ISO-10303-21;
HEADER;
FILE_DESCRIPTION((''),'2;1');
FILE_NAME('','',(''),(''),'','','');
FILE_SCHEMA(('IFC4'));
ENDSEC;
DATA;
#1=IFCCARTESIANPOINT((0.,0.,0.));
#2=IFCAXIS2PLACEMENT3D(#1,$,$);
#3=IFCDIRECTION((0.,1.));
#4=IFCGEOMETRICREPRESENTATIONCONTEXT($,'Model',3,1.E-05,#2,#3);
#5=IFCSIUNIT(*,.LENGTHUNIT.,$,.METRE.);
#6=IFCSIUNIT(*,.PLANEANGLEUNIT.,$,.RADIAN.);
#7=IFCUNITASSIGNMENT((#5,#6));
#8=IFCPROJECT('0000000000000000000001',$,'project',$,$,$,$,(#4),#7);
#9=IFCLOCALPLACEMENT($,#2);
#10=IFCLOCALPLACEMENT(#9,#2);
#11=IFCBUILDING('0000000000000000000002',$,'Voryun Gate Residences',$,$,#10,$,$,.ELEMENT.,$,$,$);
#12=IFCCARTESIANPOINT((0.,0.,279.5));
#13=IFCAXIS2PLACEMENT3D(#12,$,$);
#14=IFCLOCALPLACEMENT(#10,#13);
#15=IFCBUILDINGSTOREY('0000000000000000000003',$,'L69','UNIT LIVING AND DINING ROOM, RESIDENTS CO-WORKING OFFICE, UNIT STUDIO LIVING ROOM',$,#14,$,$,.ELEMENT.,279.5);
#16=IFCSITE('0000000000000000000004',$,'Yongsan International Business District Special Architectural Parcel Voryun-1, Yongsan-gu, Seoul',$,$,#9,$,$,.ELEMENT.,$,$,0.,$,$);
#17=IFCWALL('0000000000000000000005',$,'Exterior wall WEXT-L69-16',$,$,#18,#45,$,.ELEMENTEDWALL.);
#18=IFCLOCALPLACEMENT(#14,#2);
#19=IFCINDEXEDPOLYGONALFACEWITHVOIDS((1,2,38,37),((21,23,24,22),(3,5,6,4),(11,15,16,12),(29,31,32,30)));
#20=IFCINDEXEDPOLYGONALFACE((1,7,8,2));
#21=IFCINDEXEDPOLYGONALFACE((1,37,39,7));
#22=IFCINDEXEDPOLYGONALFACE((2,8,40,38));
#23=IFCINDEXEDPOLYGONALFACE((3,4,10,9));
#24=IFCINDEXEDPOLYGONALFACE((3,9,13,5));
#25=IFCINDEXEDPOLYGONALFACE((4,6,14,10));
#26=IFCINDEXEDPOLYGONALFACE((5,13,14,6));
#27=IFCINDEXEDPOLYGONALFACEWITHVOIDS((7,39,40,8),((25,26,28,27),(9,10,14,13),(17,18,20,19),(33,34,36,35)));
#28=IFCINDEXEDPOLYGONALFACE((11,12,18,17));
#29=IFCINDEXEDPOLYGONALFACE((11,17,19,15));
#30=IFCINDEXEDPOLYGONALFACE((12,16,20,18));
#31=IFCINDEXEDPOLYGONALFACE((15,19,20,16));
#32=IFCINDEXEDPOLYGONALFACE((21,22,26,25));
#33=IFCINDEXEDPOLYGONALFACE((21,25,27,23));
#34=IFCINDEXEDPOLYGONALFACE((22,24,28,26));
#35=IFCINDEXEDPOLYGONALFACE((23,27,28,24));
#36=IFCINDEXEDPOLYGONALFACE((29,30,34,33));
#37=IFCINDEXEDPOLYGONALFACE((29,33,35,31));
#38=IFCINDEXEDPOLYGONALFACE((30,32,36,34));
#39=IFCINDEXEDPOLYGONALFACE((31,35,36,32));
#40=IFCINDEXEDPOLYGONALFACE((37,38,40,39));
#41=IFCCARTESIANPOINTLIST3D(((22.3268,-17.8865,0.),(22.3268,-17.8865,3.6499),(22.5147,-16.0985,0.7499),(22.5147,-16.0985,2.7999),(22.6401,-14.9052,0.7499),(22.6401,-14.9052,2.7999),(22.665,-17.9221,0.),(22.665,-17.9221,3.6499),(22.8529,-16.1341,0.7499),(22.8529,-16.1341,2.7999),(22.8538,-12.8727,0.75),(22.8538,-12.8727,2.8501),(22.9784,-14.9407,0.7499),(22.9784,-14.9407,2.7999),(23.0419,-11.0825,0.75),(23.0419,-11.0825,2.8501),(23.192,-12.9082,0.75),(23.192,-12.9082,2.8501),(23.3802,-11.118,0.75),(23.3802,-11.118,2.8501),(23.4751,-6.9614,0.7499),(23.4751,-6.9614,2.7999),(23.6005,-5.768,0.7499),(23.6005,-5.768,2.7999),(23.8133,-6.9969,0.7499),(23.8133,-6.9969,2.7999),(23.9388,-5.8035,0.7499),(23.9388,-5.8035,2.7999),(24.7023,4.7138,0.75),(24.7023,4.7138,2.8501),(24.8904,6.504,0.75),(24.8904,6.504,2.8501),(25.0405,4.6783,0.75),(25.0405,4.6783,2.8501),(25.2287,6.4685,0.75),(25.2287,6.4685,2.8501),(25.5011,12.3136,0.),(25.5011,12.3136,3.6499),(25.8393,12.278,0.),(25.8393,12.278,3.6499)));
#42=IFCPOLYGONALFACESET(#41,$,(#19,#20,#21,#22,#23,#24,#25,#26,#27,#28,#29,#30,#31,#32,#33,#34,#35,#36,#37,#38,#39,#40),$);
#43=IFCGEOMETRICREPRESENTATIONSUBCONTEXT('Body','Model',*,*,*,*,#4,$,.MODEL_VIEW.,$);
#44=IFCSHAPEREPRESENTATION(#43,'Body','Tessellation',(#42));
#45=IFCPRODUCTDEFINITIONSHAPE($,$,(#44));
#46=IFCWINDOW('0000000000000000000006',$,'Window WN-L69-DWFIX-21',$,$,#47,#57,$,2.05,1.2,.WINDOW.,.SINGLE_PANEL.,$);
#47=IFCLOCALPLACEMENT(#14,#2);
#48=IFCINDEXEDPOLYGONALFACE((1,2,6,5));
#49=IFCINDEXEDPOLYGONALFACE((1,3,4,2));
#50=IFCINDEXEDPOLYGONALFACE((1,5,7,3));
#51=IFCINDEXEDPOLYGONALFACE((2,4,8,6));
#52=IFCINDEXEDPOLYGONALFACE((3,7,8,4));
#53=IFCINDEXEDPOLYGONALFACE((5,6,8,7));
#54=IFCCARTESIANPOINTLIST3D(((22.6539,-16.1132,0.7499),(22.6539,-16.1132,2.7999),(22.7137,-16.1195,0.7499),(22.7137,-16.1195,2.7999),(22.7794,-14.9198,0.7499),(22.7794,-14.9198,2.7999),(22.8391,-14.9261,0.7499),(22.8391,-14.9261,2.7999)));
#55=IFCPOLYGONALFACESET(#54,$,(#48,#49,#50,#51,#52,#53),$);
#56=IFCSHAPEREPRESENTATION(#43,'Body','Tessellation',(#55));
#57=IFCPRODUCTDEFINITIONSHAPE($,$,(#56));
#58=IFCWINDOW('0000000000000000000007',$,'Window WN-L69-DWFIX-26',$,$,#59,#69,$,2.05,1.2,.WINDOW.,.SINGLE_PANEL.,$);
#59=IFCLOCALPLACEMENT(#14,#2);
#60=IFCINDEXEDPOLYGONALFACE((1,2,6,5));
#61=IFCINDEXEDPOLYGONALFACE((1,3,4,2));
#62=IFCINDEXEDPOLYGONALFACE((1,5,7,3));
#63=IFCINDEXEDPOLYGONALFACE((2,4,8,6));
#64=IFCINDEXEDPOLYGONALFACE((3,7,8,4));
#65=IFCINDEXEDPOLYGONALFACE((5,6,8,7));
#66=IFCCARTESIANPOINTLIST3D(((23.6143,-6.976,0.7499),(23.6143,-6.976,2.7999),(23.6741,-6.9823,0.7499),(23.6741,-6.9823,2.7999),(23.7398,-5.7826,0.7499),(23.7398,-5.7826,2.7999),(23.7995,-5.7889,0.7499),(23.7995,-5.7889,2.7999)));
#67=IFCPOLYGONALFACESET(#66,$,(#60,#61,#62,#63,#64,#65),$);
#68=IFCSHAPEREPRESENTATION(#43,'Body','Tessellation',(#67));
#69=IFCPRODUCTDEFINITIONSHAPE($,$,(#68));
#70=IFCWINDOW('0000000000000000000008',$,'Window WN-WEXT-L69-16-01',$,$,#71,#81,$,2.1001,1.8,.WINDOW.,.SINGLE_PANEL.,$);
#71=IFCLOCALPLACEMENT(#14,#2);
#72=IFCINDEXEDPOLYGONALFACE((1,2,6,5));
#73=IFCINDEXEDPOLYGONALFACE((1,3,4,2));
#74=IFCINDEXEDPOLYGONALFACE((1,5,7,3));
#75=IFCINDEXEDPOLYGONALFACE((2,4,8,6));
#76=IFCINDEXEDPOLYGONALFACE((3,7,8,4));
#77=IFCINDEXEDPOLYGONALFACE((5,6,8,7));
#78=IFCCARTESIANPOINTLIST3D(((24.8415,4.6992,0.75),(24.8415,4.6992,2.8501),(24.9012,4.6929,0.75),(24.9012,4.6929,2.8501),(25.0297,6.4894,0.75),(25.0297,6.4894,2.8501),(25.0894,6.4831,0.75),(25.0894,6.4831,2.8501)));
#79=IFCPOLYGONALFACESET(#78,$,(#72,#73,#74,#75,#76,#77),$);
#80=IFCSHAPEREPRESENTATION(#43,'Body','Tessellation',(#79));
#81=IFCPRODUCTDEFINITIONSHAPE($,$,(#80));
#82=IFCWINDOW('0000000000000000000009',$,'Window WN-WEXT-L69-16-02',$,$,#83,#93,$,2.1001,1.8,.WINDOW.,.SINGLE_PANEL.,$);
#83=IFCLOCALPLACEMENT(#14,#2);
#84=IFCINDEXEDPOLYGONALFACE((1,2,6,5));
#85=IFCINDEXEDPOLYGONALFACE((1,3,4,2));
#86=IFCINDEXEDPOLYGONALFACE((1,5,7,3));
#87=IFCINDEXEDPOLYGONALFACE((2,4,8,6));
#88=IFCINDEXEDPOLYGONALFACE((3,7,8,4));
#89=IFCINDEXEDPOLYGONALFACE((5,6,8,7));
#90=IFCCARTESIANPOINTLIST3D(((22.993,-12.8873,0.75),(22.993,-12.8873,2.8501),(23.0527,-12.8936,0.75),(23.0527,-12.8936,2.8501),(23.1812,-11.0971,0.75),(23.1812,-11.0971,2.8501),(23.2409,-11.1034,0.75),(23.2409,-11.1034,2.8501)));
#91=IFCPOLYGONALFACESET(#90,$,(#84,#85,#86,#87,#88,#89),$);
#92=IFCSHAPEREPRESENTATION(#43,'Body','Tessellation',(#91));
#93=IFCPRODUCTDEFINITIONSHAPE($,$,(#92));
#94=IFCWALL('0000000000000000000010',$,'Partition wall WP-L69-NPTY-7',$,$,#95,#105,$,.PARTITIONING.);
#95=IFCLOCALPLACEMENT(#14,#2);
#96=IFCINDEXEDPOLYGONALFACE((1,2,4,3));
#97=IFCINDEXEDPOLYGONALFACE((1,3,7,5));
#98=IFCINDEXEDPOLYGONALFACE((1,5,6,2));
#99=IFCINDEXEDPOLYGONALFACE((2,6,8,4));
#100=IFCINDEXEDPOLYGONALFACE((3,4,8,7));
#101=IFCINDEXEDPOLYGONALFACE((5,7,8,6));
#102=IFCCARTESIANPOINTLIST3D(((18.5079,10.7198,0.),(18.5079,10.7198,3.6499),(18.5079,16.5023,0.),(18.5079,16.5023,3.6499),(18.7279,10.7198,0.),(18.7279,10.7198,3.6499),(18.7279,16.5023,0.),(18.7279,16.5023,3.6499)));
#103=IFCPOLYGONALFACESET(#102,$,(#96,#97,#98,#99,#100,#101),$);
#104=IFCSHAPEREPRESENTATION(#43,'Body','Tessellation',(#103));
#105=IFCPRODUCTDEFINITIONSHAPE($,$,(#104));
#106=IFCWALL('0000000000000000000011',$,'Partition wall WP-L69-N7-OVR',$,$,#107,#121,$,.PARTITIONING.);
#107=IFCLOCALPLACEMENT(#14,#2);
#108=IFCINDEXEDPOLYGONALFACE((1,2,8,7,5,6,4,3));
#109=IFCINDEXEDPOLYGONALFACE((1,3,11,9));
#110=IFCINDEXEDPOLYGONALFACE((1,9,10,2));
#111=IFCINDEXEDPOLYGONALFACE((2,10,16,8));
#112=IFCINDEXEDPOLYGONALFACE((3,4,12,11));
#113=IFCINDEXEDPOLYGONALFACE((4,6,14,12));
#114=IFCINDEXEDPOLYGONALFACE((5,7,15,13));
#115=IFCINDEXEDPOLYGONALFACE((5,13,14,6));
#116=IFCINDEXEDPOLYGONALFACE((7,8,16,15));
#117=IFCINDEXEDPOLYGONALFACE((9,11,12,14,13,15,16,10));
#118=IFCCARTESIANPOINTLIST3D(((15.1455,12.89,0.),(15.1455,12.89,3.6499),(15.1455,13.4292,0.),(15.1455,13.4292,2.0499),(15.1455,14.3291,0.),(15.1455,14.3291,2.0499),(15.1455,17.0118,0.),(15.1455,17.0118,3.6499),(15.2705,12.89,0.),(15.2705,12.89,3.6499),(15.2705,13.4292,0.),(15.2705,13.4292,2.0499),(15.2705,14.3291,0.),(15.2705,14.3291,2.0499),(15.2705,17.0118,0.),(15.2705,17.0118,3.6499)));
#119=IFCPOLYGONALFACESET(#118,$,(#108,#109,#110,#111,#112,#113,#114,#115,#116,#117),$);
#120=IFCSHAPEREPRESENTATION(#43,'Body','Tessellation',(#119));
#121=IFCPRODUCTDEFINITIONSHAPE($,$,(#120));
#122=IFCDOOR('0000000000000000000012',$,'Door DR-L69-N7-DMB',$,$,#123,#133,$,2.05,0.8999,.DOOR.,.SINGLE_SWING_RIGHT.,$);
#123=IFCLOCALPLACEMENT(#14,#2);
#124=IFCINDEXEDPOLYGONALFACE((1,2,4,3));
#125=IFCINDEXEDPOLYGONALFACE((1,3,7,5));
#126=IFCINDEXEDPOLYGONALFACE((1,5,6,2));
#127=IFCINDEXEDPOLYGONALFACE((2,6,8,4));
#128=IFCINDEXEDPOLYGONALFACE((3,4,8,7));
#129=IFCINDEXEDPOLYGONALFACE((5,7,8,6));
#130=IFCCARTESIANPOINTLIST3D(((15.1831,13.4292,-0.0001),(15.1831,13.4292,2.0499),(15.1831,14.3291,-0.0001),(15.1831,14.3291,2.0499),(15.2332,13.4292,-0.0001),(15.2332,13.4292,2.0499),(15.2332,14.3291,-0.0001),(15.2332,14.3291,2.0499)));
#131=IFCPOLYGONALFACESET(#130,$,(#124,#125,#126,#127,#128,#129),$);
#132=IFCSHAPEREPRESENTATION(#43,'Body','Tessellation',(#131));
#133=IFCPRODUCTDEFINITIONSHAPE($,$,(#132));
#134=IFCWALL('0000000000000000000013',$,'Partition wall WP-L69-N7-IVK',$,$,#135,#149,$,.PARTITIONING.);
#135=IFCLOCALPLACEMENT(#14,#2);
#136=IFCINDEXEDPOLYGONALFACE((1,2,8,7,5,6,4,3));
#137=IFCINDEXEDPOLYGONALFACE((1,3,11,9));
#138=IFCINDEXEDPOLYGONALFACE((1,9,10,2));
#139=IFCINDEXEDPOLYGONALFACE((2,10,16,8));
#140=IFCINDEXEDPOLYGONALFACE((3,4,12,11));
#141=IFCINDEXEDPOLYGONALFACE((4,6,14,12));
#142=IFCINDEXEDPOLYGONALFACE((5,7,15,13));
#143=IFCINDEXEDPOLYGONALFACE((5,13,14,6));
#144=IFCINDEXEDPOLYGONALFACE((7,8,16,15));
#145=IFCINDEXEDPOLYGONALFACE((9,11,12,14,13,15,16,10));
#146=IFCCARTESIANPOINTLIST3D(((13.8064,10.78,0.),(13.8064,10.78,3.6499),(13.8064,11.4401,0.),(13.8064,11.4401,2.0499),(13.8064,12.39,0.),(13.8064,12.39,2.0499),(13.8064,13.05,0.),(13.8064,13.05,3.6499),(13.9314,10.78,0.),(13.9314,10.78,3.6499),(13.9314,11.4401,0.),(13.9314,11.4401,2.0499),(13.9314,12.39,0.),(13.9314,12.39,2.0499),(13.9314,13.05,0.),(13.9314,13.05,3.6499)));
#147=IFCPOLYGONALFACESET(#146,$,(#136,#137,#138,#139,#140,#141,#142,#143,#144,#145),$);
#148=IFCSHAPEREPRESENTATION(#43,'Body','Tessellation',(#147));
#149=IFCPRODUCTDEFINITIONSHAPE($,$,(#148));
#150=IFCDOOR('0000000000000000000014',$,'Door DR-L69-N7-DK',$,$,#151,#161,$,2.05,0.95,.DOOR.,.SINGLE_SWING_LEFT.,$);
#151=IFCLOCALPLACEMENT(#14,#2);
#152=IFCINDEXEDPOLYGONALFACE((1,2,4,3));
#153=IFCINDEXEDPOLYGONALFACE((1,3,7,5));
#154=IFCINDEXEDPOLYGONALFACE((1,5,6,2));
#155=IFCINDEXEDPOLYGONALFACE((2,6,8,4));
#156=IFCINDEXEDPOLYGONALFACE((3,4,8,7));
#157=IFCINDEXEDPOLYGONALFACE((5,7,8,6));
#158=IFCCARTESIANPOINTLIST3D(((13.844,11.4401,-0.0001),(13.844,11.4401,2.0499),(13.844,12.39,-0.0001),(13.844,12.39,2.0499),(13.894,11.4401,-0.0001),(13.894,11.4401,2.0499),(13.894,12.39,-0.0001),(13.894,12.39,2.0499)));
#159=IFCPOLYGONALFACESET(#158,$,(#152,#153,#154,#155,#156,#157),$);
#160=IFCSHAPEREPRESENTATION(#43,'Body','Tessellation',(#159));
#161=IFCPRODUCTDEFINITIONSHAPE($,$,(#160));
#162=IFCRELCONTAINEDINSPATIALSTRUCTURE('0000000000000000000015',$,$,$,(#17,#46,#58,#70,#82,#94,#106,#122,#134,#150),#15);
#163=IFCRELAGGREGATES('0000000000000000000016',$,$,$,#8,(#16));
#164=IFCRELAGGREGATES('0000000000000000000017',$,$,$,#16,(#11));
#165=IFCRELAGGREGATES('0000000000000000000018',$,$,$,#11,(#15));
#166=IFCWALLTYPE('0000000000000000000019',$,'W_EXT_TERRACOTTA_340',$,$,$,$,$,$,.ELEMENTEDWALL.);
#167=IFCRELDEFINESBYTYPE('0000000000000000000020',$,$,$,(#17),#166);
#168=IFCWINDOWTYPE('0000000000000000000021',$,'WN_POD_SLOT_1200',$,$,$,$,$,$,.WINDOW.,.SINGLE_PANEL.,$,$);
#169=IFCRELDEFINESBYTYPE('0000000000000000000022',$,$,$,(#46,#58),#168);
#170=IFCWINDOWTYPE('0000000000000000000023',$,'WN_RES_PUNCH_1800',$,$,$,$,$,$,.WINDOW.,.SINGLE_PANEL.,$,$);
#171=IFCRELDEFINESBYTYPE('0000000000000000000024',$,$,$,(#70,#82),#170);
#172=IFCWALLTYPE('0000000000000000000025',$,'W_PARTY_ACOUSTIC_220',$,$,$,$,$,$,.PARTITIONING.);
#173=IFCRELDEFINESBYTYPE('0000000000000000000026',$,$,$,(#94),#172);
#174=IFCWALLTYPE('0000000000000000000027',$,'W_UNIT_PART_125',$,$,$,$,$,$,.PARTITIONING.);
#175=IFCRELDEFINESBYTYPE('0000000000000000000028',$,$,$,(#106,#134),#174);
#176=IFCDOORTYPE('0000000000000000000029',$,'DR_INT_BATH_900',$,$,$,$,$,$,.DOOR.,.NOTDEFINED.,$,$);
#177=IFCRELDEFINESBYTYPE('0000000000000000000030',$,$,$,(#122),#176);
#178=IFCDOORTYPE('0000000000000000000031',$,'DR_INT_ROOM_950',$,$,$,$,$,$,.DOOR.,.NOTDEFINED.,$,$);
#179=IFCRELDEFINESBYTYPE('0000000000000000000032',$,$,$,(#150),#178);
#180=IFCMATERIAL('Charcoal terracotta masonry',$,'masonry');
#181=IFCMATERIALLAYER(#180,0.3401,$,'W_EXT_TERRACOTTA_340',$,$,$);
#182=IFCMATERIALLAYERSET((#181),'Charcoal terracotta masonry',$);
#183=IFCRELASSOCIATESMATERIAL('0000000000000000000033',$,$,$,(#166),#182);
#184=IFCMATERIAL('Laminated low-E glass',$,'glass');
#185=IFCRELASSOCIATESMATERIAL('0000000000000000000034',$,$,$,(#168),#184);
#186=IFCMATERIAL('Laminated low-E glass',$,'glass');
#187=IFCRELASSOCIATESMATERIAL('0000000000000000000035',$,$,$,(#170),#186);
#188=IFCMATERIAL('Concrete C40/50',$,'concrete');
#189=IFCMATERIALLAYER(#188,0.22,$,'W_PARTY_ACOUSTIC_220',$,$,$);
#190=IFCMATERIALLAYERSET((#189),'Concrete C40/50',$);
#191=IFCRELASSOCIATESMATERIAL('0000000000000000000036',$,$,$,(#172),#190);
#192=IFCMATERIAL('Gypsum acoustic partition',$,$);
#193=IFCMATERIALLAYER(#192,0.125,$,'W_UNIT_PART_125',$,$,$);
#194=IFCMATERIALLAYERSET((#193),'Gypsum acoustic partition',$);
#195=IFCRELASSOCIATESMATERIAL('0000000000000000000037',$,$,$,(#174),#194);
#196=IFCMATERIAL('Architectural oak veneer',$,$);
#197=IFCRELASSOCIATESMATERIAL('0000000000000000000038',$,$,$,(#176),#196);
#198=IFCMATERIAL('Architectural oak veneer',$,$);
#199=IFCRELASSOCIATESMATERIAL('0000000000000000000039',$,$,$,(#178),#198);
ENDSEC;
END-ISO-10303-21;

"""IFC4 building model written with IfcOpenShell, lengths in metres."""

from ifc_helpers import new_model, si_unit, direction, frame, frame_2d, origin, place, context, subcontext, project, spatial, rectangle, extrude, material, layer, layer_set, type_object, element, fill, save


model = new_model("IFC4")

# Units and contexts
model_context = context("Model", 3, precision=1e-05, world=origin(), true_north=direction((0.0, 1.0)))
body_context = subcontext(model_context, "Body", "Model", "MODEL_VIEW")
ifc_project = project(units=[si_unit("LENGTHUNIT", "METRE"), si_unit("PLANEANGLEUNIT", "RADIAN")], contexts=[model_context])

# Site, building, storey
site_placement = place(None, origin())
site = spatial("IfcSite", under=ifc_project, at=site_placement, Name="Yongsan International Business District Special Architectural Parcel Voryun-1, Yongsan-gu, Seoul", CompositionType="ELEMENT", RefElevation=0.0)
building_placement = place(site_placement, origin())
building = spatial("IfcBuilding", under=site, at=building_placement, Name="Voryun Gate Residences", CompositionType="ELEMENT")
storey_placement = place(building_placement, frame((0.0, 0.0, 279.5)))
storey = spatial("IfcBuildingStorey", under=building, at=storey_placement, Name="L69", Description="UNIT LIVING AND DINING ROOM, RESIDENTS CO-WORKING OFFICE, UNIT STUDIO LIVING ROOM", CompositionType="ELEMENT", Elevation=279.5)

# Shared definitions
ifc_material_1 = material(Name="Charcoal terracotta masonry", Category="masonry")
ifc_layer_1 = layer(ifc_material_1, 0.3401, Name="W_EXT_TERRACOTTA_340")
ifc_layer_set_1 = layer_set([ifc_layer_1], Name="Charcoal terracotta masonry")
wall_type_1 = type_object("IfcWallType", Name="W_EXT_TERRACOTTA_340", PredefinedType="ELEMENTEDWALL", material=ifc_layer_set_1)

# Wall, openings, windows
wall_1_placement = place(storey_placement, frame((25.6702, 12.2957, 0.0), z_axis=(0.0, 0.0, 1.0), x_axis=(-0.104533, -0.994521, 0.0)))
wall_1 = element("IfcWall", 1, at=wall_1_placement, inside=storey, type_object=wall_type_1, Name="Exterior wall WEXT-L69-16", PredefinedType="ELEMENTEDWALL", context=body_context, shape_type="SweptSolid", body=[
    extrude(rectangle(XDim=30.3665, YDim=0.3401, at=frame_2d((15.1831, 0.0))), origin(), (0.0, 0.0, 1.0), 3.6499),
])
opening_1_placement = place(wall_1_placement, frame((5.8416, 0.0, 0.75)))
opening_1 = element("IfcOpeningElement", 2, at=opening_1_placement, cuts=wall_1, PredefinedType="OPENING", context=body_context, shape_type="SweptSolid", body=[
    extrude(rectangle(XDim=1.8, YDim=2.1001, at=frame_2d((0.8999, 1.05))), frame((0.0, 0.1799, 0.0), z_axis=(0.0, -1.0, 0.0), x_axis=(1.0, 0.0, 0.0)), (0.0, 0.0, 1.0), 0.3601),
])
opening_2_placement = place(wall_1_placement, frame((23.5249, 0.0, 0.75)))
opening_2 = element("IfcOpeningElement", 3, at=opening_2_placement, cuts=wall_1, PredefinedType="OPENING", context=body_context, shape_type="SweptSolid", body=[
    extrude(rectangle(XDim=1.8, YDim=2.1001, at=frame_2d((0.8999, 1.05))), frame((0.0, 0.1799, 0.0), z_axis=(0.0, -1.0, 0.0), x_axis=(1.0, 0.0, 0.0)), (0.0, 0.0, 1.0), 0.3601),
])
opening_3_placement = place(wall_1_placement, frame((27.3684, 0.0, 0.75)))
opening_3 = element("IfcOpeningElement", 4, at=opening_3_placement, cuts=wall_1, PredefinedType="OPENING", context=body_context, shape_type="SweptSolid", body=[
    extrude(rectangle(XDim=1.2, YDim=2.05, at=frame_2d((0.6001, 1.0249))), frame((0.0, 0.1799, 0.0), z_axis=(0.0, -1.0, 0.0), x_axis=(1.0, 0.0, 0.0)), (0.0, 0.0, 1.0), 0.3601),
])
opening_4_placement = place(wall_1_placement, frame((18.1809, 0.0, 0.75)))
opening_4 = element("IfcOpeningElement", 5, at=opening_4_placement, cuts=wall_1, PredefinedType="OPENING", context=body_context, shape_type="SweptSolid", body=[
    extrude(rectangle(XDim=1.2, YDim=2.05, at=frame_2d((0.6001, 1.0249))), frame((0.0, 0.1799, 0.0), z_axis=(0.0, -1.0, 0.0), x_axis=(1.0, 0.0, 0.0)), (0.0, 0.0, 1.0), 0.3601),
])
ifc_material_2 = material(Name="Laminated low-E glass", Category="glass")
window_type_1 = type_object("IfcWindowType", Name="WN_POD_SLOT_1200", PartitioningType="SINGLE_PANEL", PredefinedType="WINDOW", material=ifc_material_2)
window_1_placement = place(opening_3_placement, origin())
window_1 = element("IfcWindow", 6, at=window_1_placement, inside=storey, type_object=window_type_1, Name="Window WN-L69-DWFIX-21", OverallHeight=2.05, OverallWidth=1.2, PartitioningType="SINGLE_PANEL", PredefinedType="WINDOW", context=body_context, shape_type="SweptSolid", body=[
    extrude(rectangle(XDim=1.2, YDim=2.05, at=frame_2d((0.6001, 1.0249))), frame((0.0, 0.03, 0.0), z_axis=(0.0, -1.0, 0.0), x_axis=(1.0, 0.0, 0.0)), (0.0, 0.0, 1.0), 0.0601),
])
fill(opening_3, window_1)
window_2_placement = place(opening_4_placement, origin())
window_2 = element("IfcWindow", 7, at=window_2_placement, inside=storey, type_object=window_type_1, Name="Window WN-L69-DWFIX-26", OverallHeight=2.05, OverallWidth=1.2, PartitioningType="SINGLE_PANEL", PredefinedType="WINDOW", context=body_context, shape_type="SweptSolid", body=[
    extrude(rectangle(XDim=1.2, YDim=2.05, at=frame_2d((0.6001, 1.0249))), frame((0.0, 0.03, 0.0), z_axis=(0.0, -1.0, 0.0), x_axis=(1.0, 0.0, 0.0)), (0.0, 0.0, 1.0), 0.0601),
])
fill(opening_4, window_2)
ifc_material_3 = material(Name="Laminated low-E glass", Category="glass")
window_type_2 = type_object("IfcWindowType", Name="WN_RES_PUNCH_1800", PartitioningType="SINGLE_PANEL", PredefinedType="WINDOW", material=ifc_material_3)
window_3_placement = place(opening_1_placement, origin())
window_3 = element("IfcWindow", 8, at=window_3_placement, inside=storey, type_object=window_type_2, Name="Window WN-WEXT-L69-16-01", OverallHeight=2.1001, OverallWidth=1.8, PartitioningType="SINGLE_PANEL", PredefinedType="WINDOW", context=body_context, shape_type="SweptSolid", body=[
    extrude(rectangle(XDim=1.8, YDim=2.1001, at=frame_2d((0.8999, 1.05))), frame((0.0, 0.03, 0.0), z_axis=(0.0, -1.0, 0.0), x_axis=(1.0, 0.0, 0.0)), (0.0, 0.0, 1.0), 0.0601),
])
fill(opening_1, window_3)
window_4_placement = place(opening_2_placement, origin())
window_4 = element("IfcWindow", 9, at=window_4_placement, inside=storey, type_object=window_type_2, Name="Window WN-WEXT-L69-16-02", OverallHeight=2.1001, OverallWidth=1.8, PartitioningType="SINGLE_PANEL", PredefinedType="WINDOW", context=body_context, shape_type="SweptSolid", body=[
    extrude(rectangle(XDim=1.8, YDim=2.1001, at=frame_2d((0.8999, 1.05))), frame((0.0, 0.03, 0.0), z_axis=(0.0, -1.0, 0.0), x_axis=(1.0, 0.0, 0.0)), (0.0, 0.0, 1.0), 0.0601),
])
fill(opening_2, window_4)

# Wall
ifc_material_4 = material(Name="Concrete C40/50", Category="concrete")
ifc_layer_2 = layer(ifc_material_4, 0.22, Name="W_PARTY_ACOUSTIC_220")
ifc_layer_set_2 = layer_set([ifc_layer_2], Name="Concrete C40/50")
wall_type_2 = type_object("IfcWallType", Name="W_PARTY_ACOUSTIC_220", PredefinedType="PARTITIONING", material=ifc_layer_set_2)
wall_2_placement = place(storey_placement, frame((18.6179, 10.72, 0.0), z_axis=(0.0, 0.0, 1.0), x_axis=(0.0, 1.0, 0.0)))
element("IfcWall", 10, at=wall_2_placement, inside=storey, type_object=wall_type_2, Name="Partition wall WP-L69-NPTY-7", PredefinedType="PARTITIONING", context=body_context, shape_type="SweptSolid", body=[
    extrude(rectangle(XDim=5.7825, YDim=0.22, at=frame_2d((2.8911, 0.0))), origin(), (0.0, 0.0, 1.0), 3.6499),
])

# Walls, openings, doors
ifc_material_5 = material(Name="Gypsum acoustic partition")
ifc_layer_3 = layer(ifc_material_5, 0.125, Name="W_UNIT_PART_125")
ifc_layer_set_3 = layer_set([ifc_layer_3], Name="Gypsum acoustic partition")
wall_type_3 = type_object("IfcWallType", Name="W_UNIT_PART_125", PredefinedType="PARTITIONING", material=ifc_layer_set_3)
wall_3_placement = place(storey_placement, frame((15.208, 12.8899, 0.0), z_axis=(0.0, 0.0, 1.0), x_axis=(0.0, 1.0, 0.0)))
wall_3 = element("IfcWall", 11, at=wall_3_placement, inside=storey, type_object=wall_type_3, Name="Partition wall WP-L69-N7-OVR", PredefinedType="PARTITIONING", context=body_context, shape_type="SweptSolid", body=[
    extrude(rectangle(XDim=4.1218, YDim=0.125, at=frame_2d((2.061, 0.0))), origin(), (0.0, 0.0, 1.0), 3.6499),
])
opening_5_placement = place(wall_3_placement, frame((0.5393, 0.0, 0.0)))
opening_5 = element("IfcOpeningElement", 12, at=opening_5_placement, cuts=wall_3, PredefinedType="OPENING", context=body_context, shape_type="SweptSolid", body=[
    extrude(rectangle(XDim=0.8999, YDim=2.05, at=frame_2d((0.45, 1.0249))), frame((0.0, 0.0725, 0.0), z_axis=(0.0, -1.0, 0.0), x_axis=(1.0, 0.0, 0.0)), (0.0, 0.0, 1.0), 0.145),
])
ifc_material_6 = material(Name="Architectural oak veneer")
door_type_1 = type_object("IfcDoorType", Name="DR_INT_BATH_900", OperationType="NOTDEFINED", PredefinedType="DOOR", material=ifc_material_6)
door_1_placement = place(opening_5_placement, origin())
door_1 = element("IfcDoor", 13, at=door_1_placement, inside=storey, type_object=door_type_1, Name="Door DR-L69-N7-DMB", OperationType="SINGLE_SWING_RIGHT", OverallHeight=2.05, OverallWidth=0.8999, PredefinedType="DOOR", context=body_context, shape_type="SweptSolid", body=[
    extrude(rectangle(XDim=0.8999, YDim=2.05, at=frame_2d((0.45, 1.0249))), frame((0.0, 0.0249, 0.0), z_axis=(0.0, -1.0, 0.0), x_axis=(1.0, 0.0, 0.0)), (0.0, 0.0, 1.0), 0.05),
])
fill(opening_5, door_1)
wall_4_placement = place(storey_placement, frame((13.8689, 10.78, 0.0), z_axis=(0.0, 0.0, 1.0), x_axis=(0.0, 1.0, 0.0)))
wall_4 = element("IfcWall", 14, at=wall_4_placement, inside=storey, type_object=wall_type_3, Name="Partition wall WP-L69-N7-IVK", PredefinedType="PARTITIONING", context=body_context, shape_type="SweptSolid", body=[
    extrude(rectangle(XDim=2.27, YDim=0.125, at=frame_2d((1.135, 0.0))), origin(), (0.0, 0.0, 1.0), 3.6499),
])
opening_6_placement = place(wall_4_placement, frame((0.6599, 0.0, 0.0)))
opening_6 = element("IfcOpeningElement", 15, at=opening_6_placement, cuts=wall_4, PredefinedType="OPENING", context=body_context, shape_type="SweptSolid", body=[
    extrude(rectangle(XDim=0.95, YDim=2.05, at=frame_2d((0.4751, 1.0249))), frame((0.0, 0.0725, 0.0), z_axis=(0.0, -1.0, 0.0), x_axis=(1.0, 0.0, 0.0)), (0.0, 0.0, 1.0), 0.145),
])
ifc_material_7 = material(Name="Architectural oak veneer")
door_type_2 = type_object("IfcDoorType", Name="DR_INT_ROOM_950", OperationType="NOTDEFINED", PredefinedType="DOOR", material=ifc_material_7)
door_2_placement = place(opening_6_placement, origin())
door_2 = element("IfcDoor", 16, at=door_2_placement, inside=storey, type_object=door_type_2, Name="Door DR-L69-N7-DK", OperationType="SINGLE_SWING_LEFT", OverallHeight=2.05, OverallWidth=0.95, PredefinedType="DOOR", context=body_context, shape_type="SweptSolid", body=[
    extrude(rectangle(XDim=0.95, YDim=2.05, at=frame_2d((0.4751, 1.0249))), frame((0.0, 0.0249, 0.0), z_axis=(0.0, -1.0, 0.0), x_axis=(1.0, 0.0, 0.0)), (0.0, 0.0, 1.0), 0.05),
])
fill(opening_6, door_2)

save(model, "model.ifc")
